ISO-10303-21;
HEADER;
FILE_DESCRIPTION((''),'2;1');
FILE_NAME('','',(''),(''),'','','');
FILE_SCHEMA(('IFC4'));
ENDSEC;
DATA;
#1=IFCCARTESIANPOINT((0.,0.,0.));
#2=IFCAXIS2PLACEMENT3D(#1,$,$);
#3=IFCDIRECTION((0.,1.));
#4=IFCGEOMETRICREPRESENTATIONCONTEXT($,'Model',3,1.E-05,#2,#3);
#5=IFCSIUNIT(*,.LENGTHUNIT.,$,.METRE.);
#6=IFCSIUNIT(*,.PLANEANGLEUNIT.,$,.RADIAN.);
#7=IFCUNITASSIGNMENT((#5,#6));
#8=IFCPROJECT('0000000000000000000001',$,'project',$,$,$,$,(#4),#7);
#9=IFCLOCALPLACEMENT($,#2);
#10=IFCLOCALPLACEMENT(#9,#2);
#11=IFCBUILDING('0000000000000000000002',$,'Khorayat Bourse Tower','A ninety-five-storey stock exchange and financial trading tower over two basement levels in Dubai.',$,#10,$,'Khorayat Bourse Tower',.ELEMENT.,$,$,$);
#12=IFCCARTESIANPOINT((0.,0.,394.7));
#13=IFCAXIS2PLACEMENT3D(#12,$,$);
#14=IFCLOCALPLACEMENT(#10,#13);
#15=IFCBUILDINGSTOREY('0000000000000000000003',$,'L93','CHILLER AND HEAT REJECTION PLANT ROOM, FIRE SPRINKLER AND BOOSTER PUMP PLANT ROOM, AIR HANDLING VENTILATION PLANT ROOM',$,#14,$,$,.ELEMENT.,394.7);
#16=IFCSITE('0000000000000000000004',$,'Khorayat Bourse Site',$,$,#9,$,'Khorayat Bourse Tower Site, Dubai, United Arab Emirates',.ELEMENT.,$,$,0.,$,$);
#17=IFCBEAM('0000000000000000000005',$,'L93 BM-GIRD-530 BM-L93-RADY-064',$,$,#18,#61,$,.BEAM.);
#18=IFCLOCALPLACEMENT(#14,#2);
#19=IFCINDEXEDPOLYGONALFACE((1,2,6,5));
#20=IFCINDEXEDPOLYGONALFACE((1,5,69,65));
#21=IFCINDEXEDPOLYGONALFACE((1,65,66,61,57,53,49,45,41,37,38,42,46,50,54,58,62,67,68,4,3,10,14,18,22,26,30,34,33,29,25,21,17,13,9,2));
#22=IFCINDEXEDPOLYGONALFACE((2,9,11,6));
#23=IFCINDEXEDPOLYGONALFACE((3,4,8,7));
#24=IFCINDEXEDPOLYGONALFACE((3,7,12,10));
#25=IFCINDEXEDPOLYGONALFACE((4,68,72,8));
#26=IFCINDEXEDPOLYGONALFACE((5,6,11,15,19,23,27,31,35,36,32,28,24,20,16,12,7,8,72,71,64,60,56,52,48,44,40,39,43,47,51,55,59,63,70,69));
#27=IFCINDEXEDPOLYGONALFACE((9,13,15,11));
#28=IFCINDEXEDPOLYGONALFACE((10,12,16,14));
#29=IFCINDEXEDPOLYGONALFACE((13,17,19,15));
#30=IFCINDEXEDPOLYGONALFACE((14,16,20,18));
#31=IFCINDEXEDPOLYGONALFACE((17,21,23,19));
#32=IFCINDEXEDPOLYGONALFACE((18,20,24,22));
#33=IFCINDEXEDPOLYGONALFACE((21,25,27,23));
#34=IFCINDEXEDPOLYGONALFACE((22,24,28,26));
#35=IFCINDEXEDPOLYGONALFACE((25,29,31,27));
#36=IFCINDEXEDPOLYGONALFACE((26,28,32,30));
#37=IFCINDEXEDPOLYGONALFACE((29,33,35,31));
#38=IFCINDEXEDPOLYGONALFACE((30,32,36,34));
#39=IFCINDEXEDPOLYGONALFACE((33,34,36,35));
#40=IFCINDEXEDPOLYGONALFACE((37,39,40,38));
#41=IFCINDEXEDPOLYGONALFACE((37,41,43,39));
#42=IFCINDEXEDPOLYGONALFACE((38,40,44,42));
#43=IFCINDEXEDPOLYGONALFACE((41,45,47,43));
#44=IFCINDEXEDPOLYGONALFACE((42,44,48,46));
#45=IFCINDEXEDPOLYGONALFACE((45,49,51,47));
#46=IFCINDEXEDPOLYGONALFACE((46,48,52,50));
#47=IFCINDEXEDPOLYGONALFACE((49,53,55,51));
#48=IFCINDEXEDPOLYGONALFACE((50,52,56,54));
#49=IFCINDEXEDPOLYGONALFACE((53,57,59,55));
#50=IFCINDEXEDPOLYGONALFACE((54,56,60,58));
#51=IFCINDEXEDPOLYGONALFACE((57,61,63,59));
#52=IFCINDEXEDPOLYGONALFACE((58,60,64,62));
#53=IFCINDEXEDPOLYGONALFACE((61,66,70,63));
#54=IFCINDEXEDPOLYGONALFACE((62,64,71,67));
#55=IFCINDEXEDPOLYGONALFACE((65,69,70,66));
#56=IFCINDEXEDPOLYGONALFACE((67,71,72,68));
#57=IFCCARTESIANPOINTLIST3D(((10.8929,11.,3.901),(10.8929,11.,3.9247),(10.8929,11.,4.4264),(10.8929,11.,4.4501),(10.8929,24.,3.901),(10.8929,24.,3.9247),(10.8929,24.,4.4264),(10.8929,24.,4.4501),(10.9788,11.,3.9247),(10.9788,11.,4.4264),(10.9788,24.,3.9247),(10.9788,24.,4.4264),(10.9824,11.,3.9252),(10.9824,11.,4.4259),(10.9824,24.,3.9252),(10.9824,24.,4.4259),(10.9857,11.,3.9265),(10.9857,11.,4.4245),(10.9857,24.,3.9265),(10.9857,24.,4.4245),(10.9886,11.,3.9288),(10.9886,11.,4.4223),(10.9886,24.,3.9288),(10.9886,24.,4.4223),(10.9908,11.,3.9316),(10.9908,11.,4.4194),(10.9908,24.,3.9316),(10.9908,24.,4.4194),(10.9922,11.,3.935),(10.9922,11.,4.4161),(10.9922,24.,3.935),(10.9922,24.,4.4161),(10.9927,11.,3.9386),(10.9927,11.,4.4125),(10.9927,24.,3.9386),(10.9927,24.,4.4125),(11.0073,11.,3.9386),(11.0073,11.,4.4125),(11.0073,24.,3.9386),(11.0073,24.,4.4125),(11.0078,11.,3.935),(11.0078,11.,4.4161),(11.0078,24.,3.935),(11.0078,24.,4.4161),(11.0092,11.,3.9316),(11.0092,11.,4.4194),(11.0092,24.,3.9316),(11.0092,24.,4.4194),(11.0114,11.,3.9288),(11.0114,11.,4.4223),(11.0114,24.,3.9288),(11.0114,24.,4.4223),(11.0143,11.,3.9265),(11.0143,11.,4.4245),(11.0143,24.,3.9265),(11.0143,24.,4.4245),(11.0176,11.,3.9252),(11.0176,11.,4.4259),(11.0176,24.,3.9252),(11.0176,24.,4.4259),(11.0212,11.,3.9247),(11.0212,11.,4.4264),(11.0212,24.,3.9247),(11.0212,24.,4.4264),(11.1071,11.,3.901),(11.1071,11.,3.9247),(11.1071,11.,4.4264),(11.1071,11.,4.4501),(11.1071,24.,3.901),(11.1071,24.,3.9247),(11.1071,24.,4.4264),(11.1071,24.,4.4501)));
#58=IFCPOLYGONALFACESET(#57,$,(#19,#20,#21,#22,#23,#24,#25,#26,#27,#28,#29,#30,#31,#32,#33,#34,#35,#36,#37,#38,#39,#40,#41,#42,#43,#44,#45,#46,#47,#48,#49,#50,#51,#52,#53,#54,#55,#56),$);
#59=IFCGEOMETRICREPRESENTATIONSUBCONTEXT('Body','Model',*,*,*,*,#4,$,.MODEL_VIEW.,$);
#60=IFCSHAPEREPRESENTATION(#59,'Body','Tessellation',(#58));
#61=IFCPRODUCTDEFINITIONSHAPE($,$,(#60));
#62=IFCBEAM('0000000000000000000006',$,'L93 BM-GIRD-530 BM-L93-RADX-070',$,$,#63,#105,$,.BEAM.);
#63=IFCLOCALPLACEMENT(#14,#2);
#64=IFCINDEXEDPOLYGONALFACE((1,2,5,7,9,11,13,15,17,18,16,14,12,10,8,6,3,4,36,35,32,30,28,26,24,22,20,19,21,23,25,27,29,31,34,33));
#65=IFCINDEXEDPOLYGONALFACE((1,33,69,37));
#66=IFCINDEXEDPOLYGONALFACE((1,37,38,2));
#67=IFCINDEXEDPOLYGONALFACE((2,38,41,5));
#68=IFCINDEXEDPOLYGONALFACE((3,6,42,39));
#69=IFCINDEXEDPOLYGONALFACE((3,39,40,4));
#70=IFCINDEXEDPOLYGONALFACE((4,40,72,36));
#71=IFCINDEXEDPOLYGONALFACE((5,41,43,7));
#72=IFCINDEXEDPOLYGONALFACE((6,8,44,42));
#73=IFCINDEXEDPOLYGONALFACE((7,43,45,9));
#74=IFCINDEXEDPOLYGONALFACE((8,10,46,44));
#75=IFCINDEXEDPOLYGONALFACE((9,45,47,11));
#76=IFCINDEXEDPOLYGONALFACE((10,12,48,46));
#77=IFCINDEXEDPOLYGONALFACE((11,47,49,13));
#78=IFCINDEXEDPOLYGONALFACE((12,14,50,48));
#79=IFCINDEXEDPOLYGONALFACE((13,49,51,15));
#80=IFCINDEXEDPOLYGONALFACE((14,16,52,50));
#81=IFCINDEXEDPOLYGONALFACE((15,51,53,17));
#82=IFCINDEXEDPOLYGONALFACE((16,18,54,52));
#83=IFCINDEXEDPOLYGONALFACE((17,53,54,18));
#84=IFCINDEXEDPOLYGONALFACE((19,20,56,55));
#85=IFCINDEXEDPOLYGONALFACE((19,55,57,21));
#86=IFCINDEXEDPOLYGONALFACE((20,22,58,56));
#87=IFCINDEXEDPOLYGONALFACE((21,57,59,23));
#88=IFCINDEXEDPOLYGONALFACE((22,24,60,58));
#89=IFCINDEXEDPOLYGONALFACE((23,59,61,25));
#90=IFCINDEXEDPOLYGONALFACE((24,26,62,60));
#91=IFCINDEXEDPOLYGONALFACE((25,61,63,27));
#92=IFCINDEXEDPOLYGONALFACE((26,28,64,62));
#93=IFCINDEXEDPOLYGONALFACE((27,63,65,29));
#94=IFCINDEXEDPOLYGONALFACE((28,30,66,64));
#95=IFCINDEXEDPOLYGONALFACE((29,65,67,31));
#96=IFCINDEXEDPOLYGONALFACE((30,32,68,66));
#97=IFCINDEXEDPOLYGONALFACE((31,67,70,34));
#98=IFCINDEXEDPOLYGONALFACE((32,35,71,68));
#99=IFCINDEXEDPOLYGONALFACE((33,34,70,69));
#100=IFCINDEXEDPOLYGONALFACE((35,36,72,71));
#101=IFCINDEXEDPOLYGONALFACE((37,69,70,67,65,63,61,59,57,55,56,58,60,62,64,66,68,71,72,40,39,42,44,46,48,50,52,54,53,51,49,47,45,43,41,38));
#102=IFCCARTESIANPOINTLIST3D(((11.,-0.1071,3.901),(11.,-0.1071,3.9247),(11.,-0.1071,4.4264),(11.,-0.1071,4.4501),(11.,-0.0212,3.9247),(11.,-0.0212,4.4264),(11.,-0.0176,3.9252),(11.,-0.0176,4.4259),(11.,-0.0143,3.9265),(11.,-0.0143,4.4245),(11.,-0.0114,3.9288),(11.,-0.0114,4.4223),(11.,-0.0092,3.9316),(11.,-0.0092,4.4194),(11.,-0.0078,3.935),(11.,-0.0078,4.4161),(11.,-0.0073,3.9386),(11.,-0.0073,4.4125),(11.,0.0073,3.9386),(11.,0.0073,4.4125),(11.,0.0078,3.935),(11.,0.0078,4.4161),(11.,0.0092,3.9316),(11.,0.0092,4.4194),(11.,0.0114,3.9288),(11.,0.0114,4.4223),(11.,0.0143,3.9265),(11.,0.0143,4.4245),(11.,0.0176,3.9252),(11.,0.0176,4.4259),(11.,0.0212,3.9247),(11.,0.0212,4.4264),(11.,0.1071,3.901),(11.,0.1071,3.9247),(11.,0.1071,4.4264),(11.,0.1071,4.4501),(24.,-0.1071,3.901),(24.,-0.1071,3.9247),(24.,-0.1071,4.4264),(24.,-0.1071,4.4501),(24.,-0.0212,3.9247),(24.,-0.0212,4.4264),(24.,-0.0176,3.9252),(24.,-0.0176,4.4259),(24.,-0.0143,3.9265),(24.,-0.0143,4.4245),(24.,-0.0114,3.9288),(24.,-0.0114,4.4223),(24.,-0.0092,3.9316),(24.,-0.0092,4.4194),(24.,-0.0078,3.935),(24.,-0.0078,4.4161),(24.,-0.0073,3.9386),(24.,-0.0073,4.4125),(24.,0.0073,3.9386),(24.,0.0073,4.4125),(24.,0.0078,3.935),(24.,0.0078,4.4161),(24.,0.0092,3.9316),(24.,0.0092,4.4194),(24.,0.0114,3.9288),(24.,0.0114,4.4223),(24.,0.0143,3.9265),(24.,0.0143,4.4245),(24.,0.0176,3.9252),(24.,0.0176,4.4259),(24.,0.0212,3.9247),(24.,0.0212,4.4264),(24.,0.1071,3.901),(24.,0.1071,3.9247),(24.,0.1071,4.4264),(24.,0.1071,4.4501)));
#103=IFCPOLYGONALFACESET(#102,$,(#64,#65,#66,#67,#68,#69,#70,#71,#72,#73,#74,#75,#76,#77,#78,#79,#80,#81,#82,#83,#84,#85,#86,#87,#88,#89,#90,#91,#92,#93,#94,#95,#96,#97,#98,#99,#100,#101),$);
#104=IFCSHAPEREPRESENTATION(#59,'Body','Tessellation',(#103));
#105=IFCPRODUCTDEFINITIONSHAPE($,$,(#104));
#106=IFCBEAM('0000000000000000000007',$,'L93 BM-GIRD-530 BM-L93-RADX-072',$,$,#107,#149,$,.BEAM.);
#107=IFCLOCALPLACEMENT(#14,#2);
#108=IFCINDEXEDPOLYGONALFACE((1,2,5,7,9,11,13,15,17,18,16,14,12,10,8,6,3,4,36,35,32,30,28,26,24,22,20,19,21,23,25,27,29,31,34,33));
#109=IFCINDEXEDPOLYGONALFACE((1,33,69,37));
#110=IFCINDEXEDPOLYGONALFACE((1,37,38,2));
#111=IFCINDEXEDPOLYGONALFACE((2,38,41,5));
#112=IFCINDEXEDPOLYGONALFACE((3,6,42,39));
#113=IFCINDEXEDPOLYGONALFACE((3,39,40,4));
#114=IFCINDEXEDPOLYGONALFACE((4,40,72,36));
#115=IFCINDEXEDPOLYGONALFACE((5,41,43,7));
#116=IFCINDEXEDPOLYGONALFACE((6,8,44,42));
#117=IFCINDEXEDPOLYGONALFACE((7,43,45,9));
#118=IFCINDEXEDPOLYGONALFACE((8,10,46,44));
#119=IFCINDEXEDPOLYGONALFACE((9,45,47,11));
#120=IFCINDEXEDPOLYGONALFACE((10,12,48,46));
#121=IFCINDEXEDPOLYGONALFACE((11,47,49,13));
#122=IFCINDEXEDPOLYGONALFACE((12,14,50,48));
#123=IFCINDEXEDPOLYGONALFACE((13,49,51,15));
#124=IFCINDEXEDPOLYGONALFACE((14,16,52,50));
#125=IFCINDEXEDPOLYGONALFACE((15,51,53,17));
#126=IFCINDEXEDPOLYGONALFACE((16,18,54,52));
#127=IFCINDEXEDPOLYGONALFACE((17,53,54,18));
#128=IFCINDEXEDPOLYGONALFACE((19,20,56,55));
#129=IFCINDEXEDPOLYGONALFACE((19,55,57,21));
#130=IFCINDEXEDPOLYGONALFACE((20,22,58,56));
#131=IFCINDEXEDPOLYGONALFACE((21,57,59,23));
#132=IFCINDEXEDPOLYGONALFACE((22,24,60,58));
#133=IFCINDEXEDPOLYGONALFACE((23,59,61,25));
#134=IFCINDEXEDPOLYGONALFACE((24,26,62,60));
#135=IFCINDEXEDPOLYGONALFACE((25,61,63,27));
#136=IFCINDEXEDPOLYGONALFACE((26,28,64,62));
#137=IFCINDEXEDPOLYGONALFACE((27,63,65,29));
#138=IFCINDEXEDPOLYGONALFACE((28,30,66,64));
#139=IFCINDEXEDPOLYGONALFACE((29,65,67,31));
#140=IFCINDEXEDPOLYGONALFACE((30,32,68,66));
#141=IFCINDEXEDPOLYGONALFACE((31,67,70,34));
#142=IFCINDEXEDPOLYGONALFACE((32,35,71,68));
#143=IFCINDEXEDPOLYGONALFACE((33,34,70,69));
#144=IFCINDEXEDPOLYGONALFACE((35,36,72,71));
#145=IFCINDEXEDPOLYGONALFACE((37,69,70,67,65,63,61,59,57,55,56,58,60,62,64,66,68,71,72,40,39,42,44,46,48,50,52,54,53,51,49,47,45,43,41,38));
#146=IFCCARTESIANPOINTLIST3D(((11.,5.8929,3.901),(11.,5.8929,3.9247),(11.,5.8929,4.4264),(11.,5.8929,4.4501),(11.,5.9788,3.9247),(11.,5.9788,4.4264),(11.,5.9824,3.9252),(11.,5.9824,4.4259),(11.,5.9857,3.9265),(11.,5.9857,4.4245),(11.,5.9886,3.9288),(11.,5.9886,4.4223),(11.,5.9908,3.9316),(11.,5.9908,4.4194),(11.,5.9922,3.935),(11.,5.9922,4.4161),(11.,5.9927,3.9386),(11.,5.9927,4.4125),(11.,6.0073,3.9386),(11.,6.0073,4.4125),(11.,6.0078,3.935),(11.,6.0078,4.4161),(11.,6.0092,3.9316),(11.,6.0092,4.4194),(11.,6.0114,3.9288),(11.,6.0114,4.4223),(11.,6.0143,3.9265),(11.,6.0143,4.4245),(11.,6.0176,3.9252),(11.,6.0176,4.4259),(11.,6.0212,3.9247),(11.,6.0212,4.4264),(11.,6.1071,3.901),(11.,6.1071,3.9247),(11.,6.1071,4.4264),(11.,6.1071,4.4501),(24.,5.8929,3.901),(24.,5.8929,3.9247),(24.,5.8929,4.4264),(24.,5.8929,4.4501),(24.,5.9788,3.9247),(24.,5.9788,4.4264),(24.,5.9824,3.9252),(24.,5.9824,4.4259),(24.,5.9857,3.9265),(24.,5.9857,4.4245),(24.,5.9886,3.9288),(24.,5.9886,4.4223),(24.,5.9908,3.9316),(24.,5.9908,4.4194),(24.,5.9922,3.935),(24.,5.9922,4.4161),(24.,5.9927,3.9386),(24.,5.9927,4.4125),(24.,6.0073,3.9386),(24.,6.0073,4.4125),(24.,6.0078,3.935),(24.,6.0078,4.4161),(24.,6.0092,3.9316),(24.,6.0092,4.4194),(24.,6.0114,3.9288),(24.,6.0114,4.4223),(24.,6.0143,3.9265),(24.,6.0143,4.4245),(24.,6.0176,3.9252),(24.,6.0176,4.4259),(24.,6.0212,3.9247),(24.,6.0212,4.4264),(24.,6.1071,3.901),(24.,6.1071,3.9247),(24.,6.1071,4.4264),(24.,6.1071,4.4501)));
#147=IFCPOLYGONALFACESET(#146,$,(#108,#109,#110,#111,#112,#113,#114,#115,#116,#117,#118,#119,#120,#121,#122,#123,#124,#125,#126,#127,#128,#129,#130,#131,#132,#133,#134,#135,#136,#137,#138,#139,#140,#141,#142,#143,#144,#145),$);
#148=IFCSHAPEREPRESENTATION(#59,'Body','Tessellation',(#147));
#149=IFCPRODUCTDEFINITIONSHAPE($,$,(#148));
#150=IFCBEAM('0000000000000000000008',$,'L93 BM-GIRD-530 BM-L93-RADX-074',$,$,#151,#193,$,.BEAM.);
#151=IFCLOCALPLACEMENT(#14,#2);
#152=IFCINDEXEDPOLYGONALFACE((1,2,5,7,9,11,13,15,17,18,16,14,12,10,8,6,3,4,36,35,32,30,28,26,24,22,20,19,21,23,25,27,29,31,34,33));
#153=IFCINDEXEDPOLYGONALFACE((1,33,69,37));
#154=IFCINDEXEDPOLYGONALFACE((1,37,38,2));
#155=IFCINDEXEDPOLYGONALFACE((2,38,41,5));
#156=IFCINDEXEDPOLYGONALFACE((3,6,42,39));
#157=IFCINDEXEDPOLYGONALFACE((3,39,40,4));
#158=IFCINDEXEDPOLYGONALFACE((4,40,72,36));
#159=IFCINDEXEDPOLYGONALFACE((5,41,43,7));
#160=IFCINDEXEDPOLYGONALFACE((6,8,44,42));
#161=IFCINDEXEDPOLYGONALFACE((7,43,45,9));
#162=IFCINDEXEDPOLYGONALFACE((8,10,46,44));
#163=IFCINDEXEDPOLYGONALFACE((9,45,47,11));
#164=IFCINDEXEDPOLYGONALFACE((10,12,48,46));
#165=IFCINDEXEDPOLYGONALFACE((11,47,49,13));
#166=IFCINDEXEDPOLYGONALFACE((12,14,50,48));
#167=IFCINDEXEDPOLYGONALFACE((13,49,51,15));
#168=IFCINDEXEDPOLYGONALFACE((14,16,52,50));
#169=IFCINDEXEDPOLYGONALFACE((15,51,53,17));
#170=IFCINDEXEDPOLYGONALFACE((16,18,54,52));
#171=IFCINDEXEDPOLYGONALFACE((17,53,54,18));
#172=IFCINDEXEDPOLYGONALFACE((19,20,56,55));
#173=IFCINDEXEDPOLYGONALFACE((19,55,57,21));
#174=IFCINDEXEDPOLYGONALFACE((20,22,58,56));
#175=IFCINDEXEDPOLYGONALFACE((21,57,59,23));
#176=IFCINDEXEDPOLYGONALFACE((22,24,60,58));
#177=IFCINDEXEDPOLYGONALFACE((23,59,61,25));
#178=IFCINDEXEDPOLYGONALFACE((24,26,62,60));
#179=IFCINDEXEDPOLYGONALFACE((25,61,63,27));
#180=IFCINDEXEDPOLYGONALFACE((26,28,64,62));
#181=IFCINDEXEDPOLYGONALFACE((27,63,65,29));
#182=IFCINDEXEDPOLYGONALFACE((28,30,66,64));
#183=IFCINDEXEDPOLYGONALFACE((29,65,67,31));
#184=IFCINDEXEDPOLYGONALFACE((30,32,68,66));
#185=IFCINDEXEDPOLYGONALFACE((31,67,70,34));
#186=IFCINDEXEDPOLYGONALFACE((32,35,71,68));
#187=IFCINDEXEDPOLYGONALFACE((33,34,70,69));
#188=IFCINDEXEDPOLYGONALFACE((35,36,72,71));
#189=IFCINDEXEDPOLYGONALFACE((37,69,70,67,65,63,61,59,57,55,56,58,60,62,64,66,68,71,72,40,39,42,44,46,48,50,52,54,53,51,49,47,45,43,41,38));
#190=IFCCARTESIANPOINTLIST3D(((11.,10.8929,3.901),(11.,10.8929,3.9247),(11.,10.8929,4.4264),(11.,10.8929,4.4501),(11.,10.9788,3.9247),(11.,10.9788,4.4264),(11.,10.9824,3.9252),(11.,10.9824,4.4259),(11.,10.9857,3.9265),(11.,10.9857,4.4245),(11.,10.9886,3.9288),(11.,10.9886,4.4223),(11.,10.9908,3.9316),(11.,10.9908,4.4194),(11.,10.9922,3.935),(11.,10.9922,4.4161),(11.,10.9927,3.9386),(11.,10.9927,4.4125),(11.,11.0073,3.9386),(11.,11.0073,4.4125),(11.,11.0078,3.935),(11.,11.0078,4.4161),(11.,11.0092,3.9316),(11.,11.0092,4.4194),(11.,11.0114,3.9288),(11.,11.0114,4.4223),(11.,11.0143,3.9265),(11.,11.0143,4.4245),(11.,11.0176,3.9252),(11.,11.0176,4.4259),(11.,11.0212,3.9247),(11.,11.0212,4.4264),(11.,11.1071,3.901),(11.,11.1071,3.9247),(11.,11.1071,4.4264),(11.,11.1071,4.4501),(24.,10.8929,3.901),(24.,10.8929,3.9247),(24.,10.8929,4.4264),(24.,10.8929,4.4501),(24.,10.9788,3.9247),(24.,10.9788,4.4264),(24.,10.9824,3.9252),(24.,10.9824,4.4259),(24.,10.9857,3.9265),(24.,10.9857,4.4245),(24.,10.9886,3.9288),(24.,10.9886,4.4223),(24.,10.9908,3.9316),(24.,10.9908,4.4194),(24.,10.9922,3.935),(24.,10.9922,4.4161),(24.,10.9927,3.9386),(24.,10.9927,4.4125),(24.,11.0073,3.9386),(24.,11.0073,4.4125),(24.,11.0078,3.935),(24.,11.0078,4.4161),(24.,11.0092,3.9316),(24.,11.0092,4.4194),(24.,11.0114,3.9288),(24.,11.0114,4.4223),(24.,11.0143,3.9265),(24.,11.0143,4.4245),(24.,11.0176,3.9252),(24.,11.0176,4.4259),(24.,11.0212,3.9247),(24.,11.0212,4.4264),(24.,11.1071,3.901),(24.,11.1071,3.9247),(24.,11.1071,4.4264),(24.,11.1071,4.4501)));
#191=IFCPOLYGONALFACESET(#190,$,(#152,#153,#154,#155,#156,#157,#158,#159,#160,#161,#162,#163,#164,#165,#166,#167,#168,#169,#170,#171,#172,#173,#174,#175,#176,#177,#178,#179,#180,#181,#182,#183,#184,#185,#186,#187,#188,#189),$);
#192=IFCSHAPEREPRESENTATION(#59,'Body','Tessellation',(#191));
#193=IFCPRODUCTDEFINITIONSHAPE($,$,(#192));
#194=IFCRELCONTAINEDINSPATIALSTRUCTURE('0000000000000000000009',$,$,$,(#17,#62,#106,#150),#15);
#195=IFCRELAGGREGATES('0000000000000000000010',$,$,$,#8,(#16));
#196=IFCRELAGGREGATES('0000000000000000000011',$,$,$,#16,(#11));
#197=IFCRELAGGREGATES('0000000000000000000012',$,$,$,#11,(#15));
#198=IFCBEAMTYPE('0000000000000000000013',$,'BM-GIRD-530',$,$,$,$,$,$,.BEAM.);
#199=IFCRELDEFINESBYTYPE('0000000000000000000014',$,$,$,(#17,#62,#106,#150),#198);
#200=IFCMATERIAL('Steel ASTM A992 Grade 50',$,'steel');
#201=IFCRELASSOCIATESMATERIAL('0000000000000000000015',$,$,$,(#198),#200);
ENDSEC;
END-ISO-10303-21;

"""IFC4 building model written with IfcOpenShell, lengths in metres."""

from ifc_helpers import new_model, si_unit, direction, frame, origin, origin_2d, place, context, subcontext, project, spatial, i_section, extrude, source, transform, mapped, material, material_profile, profile_set, type_object, element, save


model = new_model("IFC4")

# Units and contexts
model_context = context("Model", 3, precision=1e-05, world=origin(), true_north=direction((0.0, 1.0)))
body_context = subcontext(model_context, "Body", "Model", "MODEL_VIEW")
ifc_project = project(units=[si_unit("LENGTHUNIT", "METRE"), si_unit("PLANEANGLEUNIT", "RADIAN")], contexts=[model_context])

# Site, building, storey
site_placement = place(None, origin())
site = spatial("IfcSite", under=ifc_project, at=site_placement, Name="Khorayat Bourse Site", LongName="Khorayat Bourse Tower Site, Dubai, United Arab Emirates", CompositionType="ELEMENT", RefElevation=0.0)
building_placement = place(site_placement, origin())
building = spatial("IfcBuilding", under=site, at=building_placement, Name="Khorayat Bourse Tower", Description="A ninety-five-storey stock exchange and financial trading tower over two basement levels in Dubai.", LongName="Khorayat Bourse Tower", CompositionType="ELEMENT")
storey_placement = place(building_placement, frame((0.0, 0.0, 394.7)))
storey = spatial("IfcBuildingStorey", under=building, at=storey_placement, Name="L93", Description="CHILLER AND HEAT REJECTION PLANT ROOM, FIRE SPRINKLER AND BOOSTER PUMP PLANT ROOM, AIR HANDLING VENTILATION PLANT ROOM", CompositionType="ELEMENT", Elevation=394.7)

# Beams
ifc_material_1 = material(Name="Steel ASTM A992 Grade 50", Category="steel")
ifc_material_profile_1 = material_profile(ifc_material_1, i_section(OverallWidth=0.2141, OverallDepth=0.5491, WebThickness=0.0146, FlangeThickness=0.0237, FilletRadius=0.0139, at=origin_2d()), Name="W530X138")
ifc_profile_set_1 = profile_set([ifc_material_profile_1], Name="Steel ASTM A992 Grade 50")
beam_type_1 = type_object("IfcBeamType", Name="BM-GIRD-530", PredefinedType="BEAM", material=ifc_profile_set_1)
shared_shape_1 = source(origin(), body_context, "Body", "SweptSolid", [
    extrude(i_section(OverallWidth=0.2141, OverallDepth=0.5491, WebThickness=0.0146, FlangeThickness=0.0237, FilletRadius=0.0139, at=origin_2d()), origin(), (0.0, 0.0, 1.0), 13.0),
])
for number, where, z_axis, x_axis, name in (
    (1, (11.0, 11.0, 4.1755), (0.0, 1.0, 0.0), (-1.0, 0.0, 0.0), "L93 BM-GIRD-530 BM-L93-RADY-064"),
    (2, (11.0, 0.0, 4.1755), (1.0, 0.0, 0.0), (0.0, 1.0, 0.0), "L93 BM-GIRD-530 BM-L93-RADX-070"),
    (3, (11.0, 6.0, 4.1755), (1.0, 0.0, 0.0), (0.0, 1.0, 0.0), "L93 BM-GIRD-530 BM-L93-RADX-072"),
    (4, (11.0, 11.0, 4.1755), (1.0, 0.0, 0.0), (0.0, 1.0, 0.0), "L93 BM-GIRD-530 BM-L93-RADX-074"),
):
    element("IfcBeam", number, at=place(storey_placement, frame(where, z_axis=z_axis, x_axis=x_axis)), inside=storey, type_object=beam_type_1, Name=name, PredefinedType="BEAM", context=body_context, shape_type="MappedRepresentation", body=[
        mapped(shared_shape_1, transform((0.0, 0.0, 0.0), scale=1.0)),
    ])

save(model, "model.ifc")
